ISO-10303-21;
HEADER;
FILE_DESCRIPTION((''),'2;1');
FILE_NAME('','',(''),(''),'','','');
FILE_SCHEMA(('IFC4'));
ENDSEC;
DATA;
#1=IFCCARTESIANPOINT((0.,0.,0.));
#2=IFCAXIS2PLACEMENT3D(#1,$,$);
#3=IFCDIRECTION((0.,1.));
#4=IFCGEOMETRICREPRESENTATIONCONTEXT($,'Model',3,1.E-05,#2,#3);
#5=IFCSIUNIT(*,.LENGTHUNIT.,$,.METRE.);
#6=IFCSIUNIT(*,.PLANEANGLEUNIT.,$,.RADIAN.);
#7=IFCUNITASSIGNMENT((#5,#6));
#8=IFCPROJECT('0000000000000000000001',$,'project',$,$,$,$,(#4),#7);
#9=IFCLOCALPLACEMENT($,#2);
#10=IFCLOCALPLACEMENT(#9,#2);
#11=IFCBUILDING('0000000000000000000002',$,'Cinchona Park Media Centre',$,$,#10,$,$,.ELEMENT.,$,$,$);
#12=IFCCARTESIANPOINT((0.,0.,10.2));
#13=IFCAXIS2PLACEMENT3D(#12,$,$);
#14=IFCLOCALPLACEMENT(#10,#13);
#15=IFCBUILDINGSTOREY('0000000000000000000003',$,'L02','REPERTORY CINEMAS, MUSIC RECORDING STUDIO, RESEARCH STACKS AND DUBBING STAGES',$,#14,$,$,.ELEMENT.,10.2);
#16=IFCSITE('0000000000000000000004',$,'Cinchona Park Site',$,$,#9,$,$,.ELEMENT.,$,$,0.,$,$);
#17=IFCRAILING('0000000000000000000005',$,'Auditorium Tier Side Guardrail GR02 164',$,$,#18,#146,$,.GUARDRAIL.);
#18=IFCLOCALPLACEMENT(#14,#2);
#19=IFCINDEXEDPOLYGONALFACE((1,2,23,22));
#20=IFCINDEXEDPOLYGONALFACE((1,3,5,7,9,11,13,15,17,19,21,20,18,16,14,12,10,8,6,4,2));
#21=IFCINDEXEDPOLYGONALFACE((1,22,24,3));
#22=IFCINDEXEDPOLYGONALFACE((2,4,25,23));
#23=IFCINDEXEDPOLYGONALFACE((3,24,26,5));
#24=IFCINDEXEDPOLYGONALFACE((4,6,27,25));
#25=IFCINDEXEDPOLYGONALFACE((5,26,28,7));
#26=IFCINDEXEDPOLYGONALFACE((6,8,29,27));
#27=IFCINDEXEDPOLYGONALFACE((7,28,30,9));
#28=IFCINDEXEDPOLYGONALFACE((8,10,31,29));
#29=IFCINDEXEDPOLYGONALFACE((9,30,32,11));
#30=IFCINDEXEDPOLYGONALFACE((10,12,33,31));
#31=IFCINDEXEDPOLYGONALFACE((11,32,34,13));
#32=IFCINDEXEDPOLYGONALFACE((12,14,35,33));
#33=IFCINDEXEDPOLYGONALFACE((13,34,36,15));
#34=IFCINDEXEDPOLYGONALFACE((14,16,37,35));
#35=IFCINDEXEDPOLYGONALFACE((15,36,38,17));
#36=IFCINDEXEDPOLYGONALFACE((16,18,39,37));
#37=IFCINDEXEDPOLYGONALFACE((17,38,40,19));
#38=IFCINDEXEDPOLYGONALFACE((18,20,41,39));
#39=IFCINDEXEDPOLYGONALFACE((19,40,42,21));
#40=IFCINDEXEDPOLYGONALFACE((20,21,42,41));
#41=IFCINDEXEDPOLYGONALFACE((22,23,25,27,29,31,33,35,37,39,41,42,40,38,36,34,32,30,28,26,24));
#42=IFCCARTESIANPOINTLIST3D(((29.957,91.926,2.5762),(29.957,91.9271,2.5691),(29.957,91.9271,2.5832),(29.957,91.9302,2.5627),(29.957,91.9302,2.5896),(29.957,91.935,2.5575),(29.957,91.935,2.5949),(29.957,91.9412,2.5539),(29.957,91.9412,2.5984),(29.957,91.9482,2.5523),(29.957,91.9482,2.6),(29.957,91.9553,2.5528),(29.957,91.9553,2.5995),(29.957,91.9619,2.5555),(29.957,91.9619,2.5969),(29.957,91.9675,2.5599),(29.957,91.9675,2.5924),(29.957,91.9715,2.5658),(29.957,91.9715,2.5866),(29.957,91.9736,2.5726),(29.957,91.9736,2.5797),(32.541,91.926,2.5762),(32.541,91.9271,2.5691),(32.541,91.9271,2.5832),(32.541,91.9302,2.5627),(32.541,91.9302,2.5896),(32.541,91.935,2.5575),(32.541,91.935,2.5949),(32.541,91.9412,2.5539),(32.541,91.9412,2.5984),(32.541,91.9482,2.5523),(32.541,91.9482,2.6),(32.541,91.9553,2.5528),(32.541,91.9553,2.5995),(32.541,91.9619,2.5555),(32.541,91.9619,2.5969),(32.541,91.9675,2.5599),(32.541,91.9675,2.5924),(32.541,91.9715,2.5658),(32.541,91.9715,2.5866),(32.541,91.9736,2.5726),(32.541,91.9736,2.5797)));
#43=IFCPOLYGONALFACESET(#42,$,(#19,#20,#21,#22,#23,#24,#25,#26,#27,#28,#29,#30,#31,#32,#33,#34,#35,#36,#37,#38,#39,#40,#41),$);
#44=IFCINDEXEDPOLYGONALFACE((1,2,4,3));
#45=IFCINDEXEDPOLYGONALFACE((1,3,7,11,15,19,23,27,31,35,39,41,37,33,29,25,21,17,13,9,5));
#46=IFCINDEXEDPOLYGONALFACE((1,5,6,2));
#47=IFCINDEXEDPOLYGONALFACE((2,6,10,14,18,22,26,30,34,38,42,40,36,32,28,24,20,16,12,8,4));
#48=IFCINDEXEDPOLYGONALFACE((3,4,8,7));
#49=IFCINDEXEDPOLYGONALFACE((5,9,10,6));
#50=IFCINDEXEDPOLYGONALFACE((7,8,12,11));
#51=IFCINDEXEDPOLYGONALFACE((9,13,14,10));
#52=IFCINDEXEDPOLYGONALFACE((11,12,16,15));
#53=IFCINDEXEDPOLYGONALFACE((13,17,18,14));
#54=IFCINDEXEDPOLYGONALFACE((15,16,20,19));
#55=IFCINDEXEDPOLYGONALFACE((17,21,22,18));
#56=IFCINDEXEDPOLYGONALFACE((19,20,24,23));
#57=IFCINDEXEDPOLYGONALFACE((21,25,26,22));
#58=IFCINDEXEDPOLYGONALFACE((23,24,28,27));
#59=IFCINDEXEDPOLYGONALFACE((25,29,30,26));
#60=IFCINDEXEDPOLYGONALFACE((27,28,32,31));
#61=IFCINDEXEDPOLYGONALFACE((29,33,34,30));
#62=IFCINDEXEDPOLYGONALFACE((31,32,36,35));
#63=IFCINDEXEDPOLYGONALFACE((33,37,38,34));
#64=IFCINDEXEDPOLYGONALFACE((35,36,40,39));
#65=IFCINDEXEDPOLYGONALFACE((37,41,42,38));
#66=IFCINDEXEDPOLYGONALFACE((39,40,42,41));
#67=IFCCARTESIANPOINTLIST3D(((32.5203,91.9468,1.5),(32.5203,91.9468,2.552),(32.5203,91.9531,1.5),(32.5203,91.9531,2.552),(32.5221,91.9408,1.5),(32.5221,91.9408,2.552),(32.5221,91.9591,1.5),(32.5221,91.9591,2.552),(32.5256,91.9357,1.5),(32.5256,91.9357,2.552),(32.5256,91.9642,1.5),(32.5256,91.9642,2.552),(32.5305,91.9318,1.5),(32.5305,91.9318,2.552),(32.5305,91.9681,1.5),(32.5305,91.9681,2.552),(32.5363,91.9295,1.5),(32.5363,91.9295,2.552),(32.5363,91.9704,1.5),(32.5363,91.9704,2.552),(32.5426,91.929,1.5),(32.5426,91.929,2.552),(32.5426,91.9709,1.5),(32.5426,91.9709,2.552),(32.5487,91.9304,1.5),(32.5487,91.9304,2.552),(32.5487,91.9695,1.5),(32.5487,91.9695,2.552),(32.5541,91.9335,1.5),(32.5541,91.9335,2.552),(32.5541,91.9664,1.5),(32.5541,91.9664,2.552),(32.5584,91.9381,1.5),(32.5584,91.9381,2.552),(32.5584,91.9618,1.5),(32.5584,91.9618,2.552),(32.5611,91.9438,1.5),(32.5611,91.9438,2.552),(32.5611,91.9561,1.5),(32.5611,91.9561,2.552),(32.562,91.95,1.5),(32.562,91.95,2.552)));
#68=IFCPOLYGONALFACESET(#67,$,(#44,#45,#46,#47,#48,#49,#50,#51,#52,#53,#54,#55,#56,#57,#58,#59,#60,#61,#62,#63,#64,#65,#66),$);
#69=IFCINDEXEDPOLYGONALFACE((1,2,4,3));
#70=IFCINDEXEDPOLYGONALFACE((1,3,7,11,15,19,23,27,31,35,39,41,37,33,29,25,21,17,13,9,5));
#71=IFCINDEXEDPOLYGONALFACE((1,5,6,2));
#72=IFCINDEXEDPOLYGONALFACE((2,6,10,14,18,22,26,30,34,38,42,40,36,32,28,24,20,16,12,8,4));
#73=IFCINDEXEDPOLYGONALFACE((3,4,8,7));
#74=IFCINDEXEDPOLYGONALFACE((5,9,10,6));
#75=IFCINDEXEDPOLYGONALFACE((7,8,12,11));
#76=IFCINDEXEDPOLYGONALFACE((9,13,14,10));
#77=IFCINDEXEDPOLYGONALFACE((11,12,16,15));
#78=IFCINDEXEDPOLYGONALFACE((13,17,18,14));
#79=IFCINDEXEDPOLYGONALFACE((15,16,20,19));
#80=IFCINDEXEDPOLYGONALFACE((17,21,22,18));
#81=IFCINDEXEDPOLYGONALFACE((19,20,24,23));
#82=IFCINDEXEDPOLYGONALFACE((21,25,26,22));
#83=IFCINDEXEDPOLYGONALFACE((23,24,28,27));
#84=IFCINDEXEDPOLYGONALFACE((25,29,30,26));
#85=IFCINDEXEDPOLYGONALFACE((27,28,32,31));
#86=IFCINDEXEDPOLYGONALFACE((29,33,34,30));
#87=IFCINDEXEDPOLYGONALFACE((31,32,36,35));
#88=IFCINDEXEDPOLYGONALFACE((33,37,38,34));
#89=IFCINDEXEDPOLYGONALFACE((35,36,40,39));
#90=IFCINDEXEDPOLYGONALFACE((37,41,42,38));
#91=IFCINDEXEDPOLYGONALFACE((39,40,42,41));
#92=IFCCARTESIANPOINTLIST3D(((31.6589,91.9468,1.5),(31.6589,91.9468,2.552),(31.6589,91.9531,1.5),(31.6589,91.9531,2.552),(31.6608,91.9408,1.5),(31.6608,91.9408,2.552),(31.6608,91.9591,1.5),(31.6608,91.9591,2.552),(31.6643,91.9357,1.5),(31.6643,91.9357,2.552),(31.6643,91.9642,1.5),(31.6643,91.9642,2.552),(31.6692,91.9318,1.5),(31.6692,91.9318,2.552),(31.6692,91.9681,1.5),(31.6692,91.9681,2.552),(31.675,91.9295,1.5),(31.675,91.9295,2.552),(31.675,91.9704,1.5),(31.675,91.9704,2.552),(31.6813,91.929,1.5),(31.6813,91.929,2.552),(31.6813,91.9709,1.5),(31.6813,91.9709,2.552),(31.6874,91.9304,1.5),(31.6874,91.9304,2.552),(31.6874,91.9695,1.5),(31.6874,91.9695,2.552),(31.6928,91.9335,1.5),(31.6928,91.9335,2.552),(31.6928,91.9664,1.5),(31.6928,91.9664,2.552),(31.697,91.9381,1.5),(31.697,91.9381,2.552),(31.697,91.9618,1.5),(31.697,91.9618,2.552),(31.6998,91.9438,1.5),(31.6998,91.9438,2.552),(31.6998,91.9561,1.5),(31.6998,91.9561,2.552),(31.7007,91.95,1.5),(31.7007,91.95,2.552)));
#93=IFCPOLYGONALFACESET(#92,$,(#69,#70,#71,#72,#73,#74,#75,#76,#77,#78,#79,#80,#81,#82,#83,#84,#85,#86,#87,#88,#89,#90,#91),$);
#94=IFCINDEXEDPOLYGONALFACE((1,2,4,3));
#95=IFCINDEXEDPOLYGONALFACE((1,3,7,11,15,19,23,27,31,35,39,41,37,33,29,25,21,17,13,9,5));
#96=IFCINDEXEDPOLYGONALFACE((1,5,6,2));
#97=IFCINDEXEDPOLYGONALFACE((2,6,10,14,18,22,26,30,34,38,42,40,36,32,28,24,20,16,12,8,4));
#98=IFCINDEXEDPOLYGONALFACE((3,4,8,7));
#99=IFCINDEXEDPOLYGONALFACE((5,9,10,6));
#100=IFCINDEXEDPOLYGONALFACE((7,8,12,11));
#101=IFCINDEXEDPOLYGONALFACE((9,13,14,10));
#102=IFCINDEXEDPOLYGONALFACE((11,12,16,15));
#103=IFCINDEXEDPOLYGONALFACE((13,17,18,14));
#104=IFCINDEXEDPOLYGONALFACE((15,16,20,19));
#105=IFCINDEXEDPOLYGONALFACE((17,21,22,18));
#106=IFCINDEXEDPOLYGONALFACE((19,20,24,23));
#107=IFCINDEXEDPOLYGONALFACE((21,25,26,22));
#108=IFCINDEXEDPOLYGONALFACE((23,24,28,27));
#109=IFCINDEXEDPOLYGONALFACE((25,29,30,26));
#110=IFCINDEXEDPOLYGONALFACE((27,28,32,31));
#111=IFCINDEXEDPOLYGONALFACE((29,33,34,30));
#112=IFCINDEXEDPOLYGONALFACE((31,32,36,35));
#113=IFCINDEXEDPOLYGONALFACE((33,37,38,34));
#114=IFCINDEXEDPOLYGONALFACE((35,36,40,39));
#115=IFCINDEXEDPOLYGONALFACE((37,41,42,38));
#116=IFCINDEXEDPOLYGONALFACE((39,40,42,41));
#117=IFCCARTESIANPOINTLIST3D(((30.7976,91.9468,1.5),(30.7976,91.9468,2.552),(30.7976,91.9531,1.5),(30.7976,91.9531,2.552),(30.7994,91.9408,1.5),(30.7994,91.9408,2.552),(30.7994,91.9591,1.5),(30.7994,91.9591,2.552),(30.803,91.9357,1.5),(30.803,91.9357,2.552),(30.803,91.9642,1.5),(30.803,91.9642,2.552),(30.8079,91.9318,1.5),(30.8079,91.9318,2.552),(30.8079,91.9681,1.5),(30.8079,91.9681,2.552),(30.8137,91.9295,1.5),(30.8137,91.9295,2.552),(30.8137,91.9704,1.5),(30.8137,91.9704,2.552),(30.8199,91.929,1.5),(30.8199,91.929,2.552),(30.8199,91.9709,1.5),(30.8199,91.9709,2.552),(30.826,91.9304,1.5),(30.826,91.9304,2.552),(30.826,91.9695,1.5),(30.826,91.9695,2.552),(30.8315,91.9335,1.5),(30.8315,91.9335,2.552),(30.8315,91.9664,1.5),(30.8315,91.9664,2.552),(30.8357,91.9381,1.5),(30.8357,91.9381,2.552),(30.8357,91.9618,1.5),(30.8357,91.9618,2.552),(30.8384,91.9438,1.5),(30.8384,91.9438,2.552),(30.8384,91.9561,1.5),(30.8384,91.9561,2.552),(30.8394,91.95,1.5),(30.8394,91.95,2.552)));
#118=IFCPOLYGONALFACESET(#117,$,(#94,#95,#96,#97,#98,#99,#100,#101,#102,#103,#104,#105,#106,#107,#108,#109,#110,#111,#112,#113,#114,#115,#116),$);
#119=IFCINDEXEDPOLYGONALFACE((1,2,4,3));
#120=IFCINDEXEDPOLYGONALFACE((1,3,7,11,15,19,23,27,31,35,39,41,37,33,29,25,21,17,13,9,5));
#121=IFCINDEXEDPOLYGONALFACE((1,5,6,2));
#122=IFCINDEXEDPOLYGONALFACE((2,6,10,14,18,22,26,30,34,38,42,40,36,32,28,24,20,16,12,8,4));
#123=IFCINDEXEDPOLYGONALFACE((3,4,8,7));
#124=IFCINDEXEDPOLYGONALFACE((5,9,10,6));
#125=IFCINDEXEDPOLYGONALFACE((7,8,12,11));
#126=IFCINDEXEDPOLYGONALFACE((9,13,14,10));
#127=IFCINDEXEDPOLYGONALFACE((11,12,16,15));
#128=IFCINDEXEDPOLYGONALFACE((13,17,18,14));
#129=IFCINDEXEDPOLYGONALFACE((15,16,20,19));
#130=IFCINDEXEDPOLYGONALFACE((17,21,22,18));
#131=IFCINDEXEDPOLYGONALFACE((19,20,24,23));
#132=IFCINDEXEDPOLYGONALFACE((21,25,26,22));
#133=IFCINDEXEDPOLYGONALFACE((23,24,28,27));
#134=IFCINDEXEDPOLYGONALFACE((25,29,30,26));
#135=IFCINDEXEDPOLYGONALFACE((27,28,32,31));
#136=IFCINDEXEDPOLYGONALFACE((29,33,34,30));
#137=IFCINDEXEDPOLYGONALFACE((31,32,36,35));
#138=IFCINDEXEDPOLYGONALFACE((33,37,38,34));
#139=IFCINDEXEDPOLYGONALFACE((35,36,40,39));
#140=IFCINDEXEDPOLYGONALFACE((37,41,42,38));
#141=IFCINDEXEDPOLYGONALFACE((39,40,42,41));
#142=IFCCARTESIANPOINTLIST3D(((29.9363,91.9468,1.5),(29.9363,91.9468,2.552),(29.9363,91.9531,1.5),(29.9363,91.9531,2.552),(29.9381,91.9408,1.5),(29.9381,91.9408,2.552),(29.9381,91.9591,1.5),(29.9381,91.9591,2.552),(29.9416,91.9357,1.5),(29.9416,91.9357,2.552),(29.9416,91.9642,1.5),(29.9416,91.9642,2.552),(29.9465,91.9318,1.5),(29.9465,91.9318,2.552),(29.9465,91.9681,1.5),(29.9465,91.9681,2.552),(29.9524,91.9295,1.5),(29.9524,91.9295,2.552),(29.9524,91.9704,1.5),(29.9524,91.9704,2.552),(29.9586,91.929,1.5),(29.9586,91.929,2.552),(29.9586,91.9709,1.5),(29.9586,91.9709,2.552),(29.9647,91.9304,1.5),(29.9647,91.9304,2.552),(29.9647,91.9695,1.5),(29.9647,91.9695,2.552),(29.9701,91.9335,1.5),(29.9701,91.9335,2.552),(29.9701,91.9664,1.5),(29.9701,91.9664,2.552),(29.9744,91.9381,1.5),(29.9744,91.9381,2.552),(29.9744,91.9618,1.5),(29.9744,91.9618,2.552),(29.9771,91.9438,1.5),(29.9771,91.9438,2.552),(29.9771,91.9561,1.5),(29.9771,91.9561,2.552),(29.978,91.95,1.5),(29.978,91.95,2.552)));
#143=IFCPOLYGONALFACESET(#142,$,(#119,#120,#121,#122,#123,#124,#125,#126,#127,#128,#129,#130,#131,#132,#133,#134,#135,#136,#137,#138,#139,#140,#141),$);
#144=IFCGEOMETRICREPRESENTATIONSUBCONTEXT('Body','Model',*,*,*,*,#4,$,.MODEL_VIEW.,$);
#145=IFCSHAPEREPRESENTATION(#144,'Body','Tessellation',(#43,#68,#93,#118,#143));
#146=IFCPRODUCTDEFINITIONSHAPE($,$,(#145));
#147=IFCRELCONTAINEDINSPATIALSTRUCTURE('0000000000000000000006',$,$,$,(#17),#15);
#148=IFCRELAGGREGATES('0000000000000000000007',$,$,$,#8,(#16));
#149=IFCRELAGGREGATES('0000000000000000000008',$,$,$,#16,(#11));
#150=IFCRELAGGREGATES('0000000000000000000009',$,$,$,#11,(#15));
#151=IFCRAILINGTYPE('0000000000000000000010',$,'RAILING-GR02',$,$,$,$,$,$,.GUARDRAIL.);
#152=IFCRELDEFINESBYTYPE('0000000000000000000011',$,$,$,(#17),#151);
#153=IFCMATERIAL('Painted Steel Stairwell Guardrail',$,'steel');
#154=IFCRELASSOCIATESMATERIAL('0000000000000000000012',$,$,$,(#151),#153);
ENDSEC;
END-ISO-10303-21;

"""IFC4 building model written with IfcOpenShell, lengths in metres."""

from ifc_helpers import new_model, si_unit, direction, frame, origin, origin_2d, place, context, subcontext, project, spatial, circle, extrude, material, type_object, element, save


model = new_model("IFC4")

# Units and contexts
model_context = context("Model", 3, precision=1e-05, world=origin(), true_north=direction((0.0, 1.0)))
body_context = subcontext(model_context, "Body", "Model", "MODEL_VIEW")
ifc_project = project(units=[si_unit("LENGTHUNIT", "METRE"), si_unit("PLANEANGLEUNIT", "RADIAN")], contexts=[model_context])

# Site, building, storey
site_placement = place(None, origin())
site = spatial("IfcSite", under=ifc_project, at=site_placement, Name="Cinchona Park Site", CompositionType="ELEMENT", RefElevation=0.0)
building_placement = place(site_placement, origin())
building = spatial("IfcBuilding", under=site, at=building_placement, Name="Cinchona Park Media Centre", CompositionType="ELEMENT")
storey_placement = place(building_placement, frame((0.0, 0.0, 10.2)))
storey = spatial("IfcBuildingStorey", under=building, at=storey_placement, Name="L02", Description="REPERTORY CINEMAS, MUSIC RECORDING STUDIO, RESEARCH STACKS AND DUBBING STAGES", CompositionType="ELEMENT", Elevation=10.2)

# Railing
ifc_material_1 = material(Name="Painted Steel Stairwell Guardrail", Category="steel")
railing_type_1 = type_object("IfcRailingType", Name="RAILING-GR02", PredefinedType="GUARDRAIL", material=ifc_material_1)
for number, where, name in (
    (1, (32.541, 91.95, 1.5), "Auditorium Tier Side Guardrail GR02 164"),
):
    element("IfcRailing", number, at=place(storey_placement, frame(where)), inside=storey, type_object=railing_type_1, Name=name, PredefinedType="GUARDRAIL", context=body_context, shape_type="SweptSolid", body=[
        extrude(circle(Radius=0.0239, at=origin_2d()), frame((0.0, 0.0, 1.0762), z_axis=(-1.0, 0.0, 0.0), x_axis=(0.0, -1.0, 0.0)), (0.0, 0.0, 1.0), 2.584),
        extrude(circle(Radius=0.021, at=origin_2d()), origin(), (0.0, 0.0, 1.0), 1.052),
        extrude(circle(Radius=0.021, at=origin_2d()), frame((-0.8613, 0.0, 0.0)), (0.0, 0.0, 1.0), 1.052),
        extrude(circle(Radius=0.021, at=origin_2d()), frame((-1.7227, 0.0, 0.0)), (0.0, 0.0, 1.0), 1.052),
        extrude(circle(Radius=0.021, at=origin_2d()), frame((-2.584, 0.0, 0.0)), (0.0, 0.0, 1.0), 1.052),
    ])

save(model, "model.ifc")
